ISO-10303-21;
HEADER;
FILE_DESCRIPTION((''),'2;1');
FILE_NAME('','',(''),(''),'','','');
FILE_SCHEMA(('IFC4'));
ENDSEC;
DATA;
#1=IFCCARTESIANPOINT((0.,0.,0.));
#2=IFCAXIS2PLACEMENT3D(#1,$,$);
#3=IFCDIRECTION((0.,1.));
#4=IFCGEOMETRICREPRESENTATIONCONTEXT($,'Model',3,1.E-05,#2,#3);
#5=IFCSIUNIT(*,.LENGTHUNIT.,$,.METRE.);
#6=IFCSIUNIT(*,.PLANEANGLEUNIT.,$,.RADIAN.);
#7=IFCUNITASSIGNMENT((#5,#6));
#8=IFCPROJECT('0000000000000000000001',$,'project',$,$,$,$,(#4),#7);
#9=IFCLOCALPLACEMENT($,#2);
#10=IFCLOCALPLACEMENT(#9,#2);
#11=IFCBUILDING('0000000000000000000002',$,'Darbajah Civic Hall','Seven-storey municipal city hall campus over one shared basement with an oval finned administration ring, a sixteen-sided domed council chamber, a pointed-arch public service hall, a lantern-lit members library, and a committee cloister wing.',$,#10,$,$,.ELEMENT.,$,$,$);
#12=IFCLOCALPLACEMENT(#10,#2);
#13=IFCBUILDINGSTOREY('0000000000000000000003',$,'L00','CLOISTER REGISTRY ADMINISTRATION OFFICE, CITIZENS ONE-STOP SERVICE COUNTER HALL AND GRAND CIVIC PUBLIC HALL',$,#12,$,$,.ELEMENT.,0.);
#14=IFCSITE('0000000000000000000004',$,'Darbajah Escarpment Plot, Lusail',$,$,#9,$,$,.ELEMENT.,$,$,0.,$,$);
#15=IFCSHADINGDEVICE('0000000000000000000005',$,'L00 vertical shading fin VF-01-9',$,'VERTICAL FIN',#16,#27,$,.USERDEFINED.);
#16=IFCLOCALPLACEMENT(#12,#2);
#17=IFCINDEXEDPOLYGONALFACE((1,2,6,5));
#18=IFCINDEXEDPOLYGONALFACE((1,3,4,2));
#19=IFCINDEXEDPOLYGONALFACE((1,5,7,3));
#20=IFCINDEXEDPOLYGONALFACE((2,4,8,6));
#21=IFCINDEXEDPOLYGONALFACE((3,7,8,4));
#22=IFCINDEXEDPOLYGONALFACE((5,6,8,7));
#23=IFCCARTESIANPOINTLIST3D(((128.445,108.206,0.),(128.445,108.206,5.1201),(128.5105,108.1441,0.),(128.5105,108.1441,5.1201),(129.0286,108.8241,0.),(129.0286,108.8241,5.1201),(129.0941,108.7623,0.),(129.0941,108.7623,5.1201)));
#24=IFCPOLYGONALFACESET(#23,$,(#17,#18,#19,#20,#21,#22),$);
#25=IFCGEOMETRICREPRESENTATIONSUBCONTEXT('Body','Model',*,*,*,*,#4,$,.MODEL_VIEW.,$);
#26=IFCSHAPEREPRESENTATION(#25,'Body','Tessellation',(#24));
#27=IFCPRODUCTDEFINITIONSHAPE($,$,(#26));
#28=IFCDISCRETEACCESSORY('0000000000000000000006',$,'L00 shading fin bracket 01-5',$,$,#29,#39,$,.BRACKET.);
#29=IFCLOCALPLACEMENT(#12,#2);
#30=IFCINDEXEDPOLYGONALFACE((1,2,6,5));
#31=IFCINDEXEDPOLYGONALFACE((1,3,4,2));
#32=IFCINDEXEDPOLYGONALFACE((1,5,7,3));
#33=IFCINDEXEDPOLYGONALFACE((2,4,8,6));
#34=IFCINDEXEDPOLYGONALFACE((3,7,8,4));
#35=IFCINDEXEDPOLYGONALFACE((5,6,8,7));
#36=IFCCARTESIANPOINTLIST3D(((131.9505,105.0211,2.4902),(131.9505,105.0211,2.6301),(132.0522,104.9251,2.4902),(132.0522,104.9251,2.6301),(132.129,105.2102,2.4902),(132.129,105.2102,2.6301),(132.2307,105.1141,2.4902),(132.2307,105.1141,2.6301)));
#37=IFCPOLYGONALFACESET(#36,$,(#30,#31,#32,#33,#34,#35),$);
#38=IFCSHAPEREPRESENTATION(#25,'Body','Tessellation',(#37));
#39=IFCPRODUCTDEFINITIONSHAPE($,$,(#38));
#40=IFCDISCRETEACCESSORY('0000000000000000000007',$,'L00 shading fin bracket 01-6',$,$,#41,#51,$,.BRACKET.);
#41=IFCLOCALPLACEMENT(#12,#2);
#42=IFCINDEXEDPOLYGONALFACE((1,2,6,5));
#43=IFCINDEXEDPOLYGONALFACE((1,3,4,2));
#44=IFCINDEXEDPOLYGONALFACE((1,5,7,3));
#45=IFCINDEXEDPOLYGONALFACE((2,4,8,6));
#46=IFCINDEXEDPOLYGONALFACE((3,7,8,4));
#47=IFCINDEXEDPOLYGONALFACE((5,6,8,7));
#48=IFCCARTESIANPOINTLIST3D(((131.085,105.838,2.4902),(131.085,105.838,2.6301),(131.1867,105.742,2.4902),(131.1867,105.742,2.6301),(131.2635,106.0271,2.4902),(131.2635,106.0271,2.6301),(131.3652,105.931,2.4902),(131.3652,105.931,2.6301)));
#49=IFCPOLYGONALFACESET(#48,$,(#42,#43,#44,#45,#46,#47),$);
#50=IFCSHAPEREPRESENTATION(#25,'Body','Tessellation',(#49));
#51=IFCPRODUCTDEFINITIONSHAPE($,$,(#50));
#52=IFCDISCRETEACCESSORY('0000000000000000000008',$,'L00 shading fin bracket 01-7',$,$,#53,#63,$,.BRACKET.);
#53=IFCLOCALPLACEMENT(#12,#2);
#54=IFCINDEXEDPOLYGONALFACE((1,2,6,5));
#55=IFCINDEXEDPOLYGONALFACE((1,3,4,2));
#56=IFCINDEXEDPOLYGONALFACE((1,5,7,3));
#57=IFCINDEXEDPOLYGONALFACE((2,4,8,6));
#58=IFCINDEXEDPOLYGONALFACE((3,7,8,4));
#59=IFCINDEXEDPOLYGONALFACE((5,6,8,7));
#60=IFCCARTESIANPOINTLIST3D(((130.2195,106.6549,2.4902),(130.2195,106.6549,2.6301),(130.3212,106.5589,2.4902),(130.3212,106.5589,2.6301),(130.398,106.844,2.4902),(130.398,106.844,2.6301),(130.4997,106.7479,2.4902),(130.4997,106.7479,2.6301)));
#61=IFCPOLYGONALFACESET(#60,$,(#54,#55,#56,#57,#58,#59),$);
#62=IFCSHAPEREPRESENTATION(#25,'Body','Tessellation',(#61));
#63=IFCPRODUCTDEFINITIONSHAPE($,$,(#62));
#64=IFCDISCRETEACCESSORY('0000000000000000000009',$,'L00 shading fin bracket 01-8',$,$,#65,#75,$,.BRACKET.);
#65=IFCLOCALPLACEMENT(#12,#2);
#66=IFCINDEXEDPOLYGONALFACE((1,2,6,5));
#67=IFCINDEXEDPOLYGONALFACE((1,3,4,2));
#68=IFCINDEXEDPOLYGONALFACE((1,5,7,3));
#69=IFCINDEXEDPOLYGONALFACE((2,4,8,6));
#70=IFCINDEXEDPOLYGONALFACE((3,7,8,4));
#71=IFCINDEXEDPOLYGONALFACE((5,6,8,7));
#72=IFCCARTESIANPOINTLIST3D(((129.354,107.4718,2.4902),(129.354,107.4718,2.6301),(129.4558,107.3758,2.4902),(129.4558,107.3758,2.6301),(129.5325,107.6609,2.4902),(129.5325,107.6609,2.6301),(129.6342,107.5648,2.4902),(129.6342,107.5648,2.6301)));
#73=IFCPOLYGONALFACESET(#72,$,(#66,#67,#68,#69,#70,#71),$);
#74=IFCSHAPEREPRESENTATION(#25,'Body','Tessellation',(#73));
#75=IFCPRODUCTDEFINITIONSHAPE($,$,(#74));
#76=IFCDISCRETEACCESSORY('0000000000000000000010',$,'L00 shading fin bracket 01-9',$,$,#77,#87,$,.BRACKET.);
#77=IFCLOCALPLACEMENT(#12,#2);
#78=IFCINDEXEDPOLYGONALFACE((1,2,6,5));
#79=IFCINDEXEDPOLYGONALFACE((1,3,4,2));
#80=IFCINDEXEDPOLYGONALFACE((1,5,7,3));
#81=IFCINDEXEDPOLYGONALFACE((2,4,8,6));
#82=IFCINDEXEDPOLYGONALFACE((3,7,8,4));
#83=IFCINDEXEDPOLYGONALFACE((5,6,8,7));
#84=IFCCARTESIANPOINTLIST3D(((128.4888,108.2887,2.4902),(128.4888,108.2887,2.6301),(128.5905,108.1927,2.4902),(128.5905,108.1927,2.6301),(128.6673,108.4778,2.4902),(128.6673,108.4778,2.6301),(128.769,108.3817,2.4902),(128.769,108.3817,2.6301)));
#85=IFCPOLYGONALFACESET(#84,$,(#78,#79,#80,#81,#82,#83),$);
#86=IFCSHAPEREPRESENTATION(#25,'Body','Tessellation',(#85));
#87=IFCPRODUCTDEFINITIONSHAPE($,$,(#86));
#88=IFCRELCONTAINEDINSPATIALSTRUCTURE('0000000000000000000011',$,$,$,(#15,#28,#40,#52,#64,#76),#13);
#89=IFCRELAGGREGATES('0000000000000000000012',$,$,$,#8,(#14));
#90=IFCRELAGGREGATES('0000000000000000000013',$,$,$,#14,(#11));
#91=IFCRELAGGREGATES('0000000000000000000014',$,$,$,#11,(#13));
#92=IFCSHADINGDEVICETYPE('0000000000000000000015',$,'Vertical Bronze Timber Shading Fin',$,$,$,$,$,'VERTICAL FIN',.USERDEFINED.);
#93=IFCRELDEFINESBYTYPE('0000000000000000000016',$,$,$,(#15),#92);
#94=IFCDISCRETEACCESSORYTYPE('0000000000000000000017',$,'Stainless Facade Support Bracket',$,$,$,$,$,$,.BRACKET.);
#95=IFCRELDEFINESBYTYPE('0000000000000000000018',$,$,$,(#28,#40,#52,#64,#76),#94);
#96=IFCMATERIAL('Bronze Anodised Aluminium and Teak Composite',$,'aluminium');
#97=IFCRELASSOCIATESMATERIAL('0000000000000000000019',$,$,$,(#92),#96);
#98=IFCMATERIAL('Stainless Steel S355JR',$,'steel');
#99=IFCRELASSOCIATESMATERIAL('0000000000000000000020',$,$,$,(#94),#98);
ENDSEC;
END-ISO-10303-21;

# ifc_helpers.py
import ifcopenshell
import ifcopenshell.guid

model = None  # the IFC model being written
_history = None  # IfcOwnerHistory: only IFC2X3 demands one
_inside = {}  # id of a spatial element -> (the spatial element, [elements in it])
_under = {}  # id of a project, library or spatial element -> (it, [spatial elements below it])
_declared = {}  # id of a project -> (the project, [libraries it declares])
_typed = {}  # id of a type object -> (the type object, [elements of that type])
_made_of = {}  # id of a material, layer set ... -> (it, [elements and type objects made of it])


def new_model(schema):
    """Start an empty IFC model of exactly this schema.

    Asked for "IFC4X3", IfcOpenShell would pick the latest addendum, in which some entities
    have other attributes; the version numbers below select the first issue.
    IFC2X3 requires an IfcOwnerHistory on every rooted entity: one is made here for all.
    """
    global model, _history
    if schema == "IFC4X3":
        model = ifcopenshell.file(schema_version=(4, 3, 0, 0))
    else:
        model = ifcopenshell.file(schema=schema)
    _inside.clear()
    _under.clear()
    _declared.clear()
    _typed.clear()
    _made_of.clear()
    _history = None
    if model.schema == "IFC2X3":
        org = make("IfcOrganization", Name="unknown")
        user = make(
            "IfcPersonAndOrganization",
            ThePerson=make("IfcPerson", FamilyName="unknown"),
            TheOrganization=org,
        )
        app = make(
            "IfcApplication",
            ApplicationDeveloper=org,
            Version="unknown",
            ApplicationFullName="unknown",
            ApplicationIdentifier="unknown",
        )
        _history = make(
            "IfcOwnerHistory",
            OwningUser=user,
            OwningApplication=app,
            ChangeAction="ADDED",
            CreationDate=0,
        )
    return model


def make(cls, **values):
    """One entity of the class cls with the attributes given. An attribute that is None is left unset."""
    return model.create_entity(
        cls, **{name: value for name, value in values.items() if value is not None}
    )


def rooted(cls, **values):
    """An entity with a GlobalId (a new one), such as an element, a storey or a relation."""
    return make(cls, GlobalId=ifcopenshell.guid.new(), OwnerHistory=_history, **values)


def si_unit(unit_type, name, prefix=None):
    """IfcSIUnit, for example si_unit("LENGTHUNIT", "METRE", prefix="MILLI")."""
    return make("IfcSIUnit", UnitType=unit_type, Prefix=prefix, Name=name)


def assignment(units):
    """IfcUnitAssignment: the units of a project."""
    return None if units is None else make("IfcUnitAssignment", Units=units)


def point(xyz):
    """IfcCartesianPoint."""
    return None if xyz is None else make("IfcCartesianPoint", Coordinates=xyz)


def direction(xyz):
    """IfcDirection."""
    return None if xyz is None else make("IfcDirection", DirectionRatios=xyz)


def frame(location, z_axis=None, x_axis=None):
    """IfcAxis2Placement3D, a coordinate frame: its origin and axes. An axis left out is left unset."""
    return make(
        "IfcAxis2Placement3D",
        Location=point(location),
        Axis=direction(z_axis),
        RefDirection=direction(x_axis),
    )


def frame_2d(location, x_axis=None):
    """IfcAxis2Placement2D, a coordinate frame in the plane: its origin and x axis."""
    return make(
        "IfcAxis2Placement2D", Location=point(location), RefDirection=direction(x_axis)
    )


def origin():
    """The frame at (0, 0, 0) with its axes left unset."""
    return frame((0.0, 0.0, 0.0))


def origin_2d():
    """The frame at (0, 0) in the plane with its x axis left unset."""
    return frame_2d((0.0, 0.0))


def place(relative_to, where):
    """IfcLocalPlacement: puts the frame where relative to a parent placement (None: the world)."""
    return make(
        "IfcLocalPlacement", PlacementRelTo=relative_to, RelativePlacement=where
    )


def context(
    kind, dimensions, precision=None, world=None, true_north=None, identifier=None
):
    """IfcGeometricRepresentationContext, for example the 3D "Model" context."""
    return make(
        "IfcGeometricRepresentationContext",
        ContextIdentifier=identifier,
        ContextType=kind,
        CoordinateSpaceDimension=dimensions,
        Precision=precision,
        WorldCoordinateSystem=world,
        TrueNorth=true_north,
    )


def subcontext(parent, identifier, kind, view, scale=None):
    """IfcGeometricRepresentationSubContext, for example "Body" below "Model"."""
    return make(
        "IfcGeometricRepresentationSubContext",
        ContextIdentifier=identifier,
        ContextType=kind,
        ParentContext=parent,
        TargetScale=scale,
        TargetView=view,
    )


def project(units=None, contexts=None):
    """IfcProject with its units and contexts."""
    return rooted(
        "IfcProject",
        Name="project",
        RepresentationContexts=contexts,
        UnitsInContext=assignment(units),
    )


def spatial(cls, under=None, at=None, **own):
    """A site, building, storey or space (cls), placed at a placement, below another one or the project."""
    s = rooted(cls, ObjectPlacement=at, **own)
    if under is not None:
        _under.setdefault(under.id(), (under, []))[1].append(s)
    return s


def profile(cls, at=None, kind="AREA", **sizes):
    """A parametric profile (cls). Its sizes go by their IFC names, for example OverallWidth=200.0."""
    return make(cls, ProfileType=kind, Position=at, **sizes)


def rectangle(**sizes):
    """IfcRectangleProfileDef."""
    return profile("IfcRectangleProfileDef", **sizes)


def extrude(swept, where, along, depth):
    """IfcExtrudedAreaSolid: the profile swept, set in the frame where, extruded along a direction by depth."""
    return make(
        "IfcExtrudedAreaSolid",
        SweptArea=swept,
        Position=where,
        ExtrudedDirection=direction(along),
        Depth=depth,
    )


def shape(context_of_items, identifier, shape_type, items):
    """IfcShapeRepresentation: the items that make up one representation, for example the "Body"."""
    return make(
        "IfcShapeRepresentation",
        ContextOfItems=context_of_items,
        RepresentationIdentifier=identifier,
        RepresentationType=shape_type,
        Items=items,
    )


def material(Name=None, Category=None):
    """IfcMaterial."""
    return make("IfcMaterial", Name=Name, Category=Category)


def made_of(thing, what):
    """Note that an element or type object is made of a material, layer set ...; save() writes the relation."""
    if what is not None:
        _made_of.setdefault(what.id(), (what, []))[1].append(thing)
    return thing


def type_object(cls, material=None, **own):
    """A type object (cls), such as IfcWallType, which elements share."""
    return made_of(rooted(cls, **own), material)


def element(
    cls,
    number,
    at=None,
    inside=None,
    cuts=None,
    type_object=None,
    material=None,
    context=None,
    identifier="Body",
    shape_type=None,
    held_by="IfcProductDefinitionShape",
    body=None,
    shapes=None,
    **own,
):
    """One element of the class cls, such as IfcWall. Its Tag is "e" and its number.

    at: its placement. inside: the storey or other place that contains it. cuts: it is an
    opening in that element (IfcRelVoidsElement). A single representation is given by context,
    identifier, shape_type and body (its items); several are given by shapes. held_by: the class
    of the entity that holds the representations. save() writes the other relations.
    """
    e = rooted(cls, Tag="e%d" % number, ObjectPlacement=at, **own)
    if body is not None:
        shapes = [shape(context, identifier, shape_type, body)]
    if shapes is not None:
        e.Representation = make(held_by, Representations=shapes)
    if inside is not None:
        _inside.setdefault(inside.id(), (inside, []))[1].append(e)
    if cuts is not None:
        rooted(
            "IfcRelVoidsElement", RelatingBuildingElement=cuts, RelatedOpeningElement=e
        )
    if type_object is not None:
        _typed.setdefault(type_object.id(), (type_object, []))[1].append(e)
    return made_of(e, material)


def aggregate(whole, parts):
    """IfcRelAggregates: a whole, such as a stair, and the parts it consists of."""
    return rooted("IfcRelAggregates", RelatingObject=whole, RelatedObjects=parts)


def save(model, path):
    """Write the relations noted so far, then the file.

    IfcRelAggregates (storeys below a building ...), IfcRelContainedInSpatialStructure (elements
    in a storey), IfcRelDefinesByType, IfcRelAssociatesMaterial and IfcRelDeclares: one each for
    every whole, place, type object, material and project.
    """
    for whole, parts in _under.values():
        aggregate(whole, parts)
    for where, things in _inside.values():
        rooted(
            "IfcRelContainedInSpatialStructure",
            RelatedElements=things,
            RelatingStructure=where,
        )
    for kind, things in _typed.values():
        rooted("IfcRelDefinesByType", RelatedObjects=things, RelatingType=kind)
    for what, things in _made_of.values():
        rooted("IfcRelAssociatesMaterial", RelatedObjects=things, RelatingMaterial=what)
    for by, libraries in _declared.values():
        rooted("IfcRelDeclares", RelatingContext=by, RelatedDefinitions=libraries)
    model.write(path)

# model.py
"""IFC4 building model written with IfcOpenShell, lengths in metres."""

from ifc_helpers import new_model, si_unit, direction, frame, origin, origin_2d, place, context, subcontext, project, spatial, rectangle, extrude, material, type_object, element, save


model = new_model("IFC4")

# Units and contexts
model_context = context("Model", 3, precision=1e-05, world=origin(), true_north=direction((0.0, 1.0)))
body_context = subcontext(model_context, "Body", "Model", "MODEL_VIEW")
ifc_project = project(units=[si_unit("LENGTHUNIT", "METRE"), si_unit("PLANEANGLEUNIT", "RADIAN")], contexts=[model_context])

# Site, building, storey
site_placement = place(None, origin())
site = spatial("IfcSite", under=ifc_project, at=site_placement, Name="Darbajah Escarpment Plot, Lusail", CompositionType="ELEMENT", RefElevation=0.0)
building_placement = place(site_placement, origin())
building = spatial("IfcBuilding", under=site, at=building_placement, Name="Darbajah Civic Hall", Description="Seven-storey municipal city hall campus over one shared basement with an oval finned administration ring, a sixteen-sided domed council chamber, a pointed-arch public service hall, a lantern-lit members library, and a committee cloister wing.", CompositionType="ELEMENT")
storey_placement = place(building_placement, origin())
storey = spatial("IfcBuildingStorey", under=building, at=storey_placement, Name="L00", Description="CLOISTER REGISTRY ADMINISTRATION OFFICE, CITIZENS ONE-STOP SERVICE COUNTER HALL AND GRAND CIVIC PUBLIC HALL", CompositionType="ELEMENT", Elevation=0.0)

# Shading device
ifc_material_1 = material(Name="Bronze Anodised Aluminium and Teak Composite", Category="aluminium")
shading_device_type = type_object("IfcShadingDeviceType", Name="Vertical Bronze Timber Shading Fin", ElementType="VERTICAL FIN", PredefinedType="USERDEFINED", material=ifc_material_1)
for number, where, z_axis, x_axis, name in (
    (1, (128.7695, 108.4841, 0.0), (0.0, 0.0, 1.0), (0.686453, 0.727174, 0.0), "L00 vertical shading fin VF-01-9"),
):
    element("IfcShadingDevice", number, at=place(storey_placement, frame(where, z_axis=z_axis, x_axis=x_axis)), inside=storey, type_object=shading_device_type, Name=name, ObjectType="VERTICAL FIN", PredefinedType="USERDEFINED", context=body_context, shape_type="SweptSolid", body=[
        extrude(rectangle(XDim=0.8501, YDim=0.0901, at=origin_2d()), origin(), (0.0, 0.0, 1.0), 5.1201),
    ])

# Discrete accessories
ifc_material_2 = material(Name="Stainless Steel S355JR", Category="steel")
discrete_accessory_type = type_object("IfcDiscreteAccessoryType", Name="Stainless Facade Support Bracket", PredefinedType="BRACKET", material=ifc_material_2)
for number, where, z_axis, x_axis, name in (
    (2, (132.0906, 105.0676, 2.4902), (0.0, 0.0, 1.0), (0.686453, 0.727174, 0.0), "L00 shading fin bracket 01-5"),
    (3, (131.2251, 105.8845, 2.4902), (0.0, 0.0, 1.0), (0.686453, 0.727174, 0.0), "L00 shading fin bracket 01-6"),
    (4, (130.3596, 106.7014, 2.4902), (0.0, 0.0, 1.0), (0.686453, 0.727174, 0.0), "L00 shading fin bracket 01-7"),
    (5, (129.4941, 107.5183, 2.4902), (0.0, 0.0, 1.0), (0.686453, 0.727174, 0.0), "L00 shading fin bracket 01-8"),
    (6, (128.6289, 108.3352, 2.4902), (0.0, 0.0, 1.0), (0.686453, 0.727174, 0.0), "L00 shading fin bracket 01-9"),
):
    element("IfcDiscreteAccessory", number, at=place(storey_placement, frame(where, z_axis=z_axis, x_axis=x_axis)), inside=storey, type_object=discrete_accessory_type, Name=name, PredefinedType="BRACKET", context=body_context, shape_type="SweptSolid", body=[
        extrude(rectangle(XDim=0.26, YDim=0.1399, at=origin_2d()), origin(), (0.0, 0.0, 1.0), 0.1399),
    ])

save(model, "model.ifc")
